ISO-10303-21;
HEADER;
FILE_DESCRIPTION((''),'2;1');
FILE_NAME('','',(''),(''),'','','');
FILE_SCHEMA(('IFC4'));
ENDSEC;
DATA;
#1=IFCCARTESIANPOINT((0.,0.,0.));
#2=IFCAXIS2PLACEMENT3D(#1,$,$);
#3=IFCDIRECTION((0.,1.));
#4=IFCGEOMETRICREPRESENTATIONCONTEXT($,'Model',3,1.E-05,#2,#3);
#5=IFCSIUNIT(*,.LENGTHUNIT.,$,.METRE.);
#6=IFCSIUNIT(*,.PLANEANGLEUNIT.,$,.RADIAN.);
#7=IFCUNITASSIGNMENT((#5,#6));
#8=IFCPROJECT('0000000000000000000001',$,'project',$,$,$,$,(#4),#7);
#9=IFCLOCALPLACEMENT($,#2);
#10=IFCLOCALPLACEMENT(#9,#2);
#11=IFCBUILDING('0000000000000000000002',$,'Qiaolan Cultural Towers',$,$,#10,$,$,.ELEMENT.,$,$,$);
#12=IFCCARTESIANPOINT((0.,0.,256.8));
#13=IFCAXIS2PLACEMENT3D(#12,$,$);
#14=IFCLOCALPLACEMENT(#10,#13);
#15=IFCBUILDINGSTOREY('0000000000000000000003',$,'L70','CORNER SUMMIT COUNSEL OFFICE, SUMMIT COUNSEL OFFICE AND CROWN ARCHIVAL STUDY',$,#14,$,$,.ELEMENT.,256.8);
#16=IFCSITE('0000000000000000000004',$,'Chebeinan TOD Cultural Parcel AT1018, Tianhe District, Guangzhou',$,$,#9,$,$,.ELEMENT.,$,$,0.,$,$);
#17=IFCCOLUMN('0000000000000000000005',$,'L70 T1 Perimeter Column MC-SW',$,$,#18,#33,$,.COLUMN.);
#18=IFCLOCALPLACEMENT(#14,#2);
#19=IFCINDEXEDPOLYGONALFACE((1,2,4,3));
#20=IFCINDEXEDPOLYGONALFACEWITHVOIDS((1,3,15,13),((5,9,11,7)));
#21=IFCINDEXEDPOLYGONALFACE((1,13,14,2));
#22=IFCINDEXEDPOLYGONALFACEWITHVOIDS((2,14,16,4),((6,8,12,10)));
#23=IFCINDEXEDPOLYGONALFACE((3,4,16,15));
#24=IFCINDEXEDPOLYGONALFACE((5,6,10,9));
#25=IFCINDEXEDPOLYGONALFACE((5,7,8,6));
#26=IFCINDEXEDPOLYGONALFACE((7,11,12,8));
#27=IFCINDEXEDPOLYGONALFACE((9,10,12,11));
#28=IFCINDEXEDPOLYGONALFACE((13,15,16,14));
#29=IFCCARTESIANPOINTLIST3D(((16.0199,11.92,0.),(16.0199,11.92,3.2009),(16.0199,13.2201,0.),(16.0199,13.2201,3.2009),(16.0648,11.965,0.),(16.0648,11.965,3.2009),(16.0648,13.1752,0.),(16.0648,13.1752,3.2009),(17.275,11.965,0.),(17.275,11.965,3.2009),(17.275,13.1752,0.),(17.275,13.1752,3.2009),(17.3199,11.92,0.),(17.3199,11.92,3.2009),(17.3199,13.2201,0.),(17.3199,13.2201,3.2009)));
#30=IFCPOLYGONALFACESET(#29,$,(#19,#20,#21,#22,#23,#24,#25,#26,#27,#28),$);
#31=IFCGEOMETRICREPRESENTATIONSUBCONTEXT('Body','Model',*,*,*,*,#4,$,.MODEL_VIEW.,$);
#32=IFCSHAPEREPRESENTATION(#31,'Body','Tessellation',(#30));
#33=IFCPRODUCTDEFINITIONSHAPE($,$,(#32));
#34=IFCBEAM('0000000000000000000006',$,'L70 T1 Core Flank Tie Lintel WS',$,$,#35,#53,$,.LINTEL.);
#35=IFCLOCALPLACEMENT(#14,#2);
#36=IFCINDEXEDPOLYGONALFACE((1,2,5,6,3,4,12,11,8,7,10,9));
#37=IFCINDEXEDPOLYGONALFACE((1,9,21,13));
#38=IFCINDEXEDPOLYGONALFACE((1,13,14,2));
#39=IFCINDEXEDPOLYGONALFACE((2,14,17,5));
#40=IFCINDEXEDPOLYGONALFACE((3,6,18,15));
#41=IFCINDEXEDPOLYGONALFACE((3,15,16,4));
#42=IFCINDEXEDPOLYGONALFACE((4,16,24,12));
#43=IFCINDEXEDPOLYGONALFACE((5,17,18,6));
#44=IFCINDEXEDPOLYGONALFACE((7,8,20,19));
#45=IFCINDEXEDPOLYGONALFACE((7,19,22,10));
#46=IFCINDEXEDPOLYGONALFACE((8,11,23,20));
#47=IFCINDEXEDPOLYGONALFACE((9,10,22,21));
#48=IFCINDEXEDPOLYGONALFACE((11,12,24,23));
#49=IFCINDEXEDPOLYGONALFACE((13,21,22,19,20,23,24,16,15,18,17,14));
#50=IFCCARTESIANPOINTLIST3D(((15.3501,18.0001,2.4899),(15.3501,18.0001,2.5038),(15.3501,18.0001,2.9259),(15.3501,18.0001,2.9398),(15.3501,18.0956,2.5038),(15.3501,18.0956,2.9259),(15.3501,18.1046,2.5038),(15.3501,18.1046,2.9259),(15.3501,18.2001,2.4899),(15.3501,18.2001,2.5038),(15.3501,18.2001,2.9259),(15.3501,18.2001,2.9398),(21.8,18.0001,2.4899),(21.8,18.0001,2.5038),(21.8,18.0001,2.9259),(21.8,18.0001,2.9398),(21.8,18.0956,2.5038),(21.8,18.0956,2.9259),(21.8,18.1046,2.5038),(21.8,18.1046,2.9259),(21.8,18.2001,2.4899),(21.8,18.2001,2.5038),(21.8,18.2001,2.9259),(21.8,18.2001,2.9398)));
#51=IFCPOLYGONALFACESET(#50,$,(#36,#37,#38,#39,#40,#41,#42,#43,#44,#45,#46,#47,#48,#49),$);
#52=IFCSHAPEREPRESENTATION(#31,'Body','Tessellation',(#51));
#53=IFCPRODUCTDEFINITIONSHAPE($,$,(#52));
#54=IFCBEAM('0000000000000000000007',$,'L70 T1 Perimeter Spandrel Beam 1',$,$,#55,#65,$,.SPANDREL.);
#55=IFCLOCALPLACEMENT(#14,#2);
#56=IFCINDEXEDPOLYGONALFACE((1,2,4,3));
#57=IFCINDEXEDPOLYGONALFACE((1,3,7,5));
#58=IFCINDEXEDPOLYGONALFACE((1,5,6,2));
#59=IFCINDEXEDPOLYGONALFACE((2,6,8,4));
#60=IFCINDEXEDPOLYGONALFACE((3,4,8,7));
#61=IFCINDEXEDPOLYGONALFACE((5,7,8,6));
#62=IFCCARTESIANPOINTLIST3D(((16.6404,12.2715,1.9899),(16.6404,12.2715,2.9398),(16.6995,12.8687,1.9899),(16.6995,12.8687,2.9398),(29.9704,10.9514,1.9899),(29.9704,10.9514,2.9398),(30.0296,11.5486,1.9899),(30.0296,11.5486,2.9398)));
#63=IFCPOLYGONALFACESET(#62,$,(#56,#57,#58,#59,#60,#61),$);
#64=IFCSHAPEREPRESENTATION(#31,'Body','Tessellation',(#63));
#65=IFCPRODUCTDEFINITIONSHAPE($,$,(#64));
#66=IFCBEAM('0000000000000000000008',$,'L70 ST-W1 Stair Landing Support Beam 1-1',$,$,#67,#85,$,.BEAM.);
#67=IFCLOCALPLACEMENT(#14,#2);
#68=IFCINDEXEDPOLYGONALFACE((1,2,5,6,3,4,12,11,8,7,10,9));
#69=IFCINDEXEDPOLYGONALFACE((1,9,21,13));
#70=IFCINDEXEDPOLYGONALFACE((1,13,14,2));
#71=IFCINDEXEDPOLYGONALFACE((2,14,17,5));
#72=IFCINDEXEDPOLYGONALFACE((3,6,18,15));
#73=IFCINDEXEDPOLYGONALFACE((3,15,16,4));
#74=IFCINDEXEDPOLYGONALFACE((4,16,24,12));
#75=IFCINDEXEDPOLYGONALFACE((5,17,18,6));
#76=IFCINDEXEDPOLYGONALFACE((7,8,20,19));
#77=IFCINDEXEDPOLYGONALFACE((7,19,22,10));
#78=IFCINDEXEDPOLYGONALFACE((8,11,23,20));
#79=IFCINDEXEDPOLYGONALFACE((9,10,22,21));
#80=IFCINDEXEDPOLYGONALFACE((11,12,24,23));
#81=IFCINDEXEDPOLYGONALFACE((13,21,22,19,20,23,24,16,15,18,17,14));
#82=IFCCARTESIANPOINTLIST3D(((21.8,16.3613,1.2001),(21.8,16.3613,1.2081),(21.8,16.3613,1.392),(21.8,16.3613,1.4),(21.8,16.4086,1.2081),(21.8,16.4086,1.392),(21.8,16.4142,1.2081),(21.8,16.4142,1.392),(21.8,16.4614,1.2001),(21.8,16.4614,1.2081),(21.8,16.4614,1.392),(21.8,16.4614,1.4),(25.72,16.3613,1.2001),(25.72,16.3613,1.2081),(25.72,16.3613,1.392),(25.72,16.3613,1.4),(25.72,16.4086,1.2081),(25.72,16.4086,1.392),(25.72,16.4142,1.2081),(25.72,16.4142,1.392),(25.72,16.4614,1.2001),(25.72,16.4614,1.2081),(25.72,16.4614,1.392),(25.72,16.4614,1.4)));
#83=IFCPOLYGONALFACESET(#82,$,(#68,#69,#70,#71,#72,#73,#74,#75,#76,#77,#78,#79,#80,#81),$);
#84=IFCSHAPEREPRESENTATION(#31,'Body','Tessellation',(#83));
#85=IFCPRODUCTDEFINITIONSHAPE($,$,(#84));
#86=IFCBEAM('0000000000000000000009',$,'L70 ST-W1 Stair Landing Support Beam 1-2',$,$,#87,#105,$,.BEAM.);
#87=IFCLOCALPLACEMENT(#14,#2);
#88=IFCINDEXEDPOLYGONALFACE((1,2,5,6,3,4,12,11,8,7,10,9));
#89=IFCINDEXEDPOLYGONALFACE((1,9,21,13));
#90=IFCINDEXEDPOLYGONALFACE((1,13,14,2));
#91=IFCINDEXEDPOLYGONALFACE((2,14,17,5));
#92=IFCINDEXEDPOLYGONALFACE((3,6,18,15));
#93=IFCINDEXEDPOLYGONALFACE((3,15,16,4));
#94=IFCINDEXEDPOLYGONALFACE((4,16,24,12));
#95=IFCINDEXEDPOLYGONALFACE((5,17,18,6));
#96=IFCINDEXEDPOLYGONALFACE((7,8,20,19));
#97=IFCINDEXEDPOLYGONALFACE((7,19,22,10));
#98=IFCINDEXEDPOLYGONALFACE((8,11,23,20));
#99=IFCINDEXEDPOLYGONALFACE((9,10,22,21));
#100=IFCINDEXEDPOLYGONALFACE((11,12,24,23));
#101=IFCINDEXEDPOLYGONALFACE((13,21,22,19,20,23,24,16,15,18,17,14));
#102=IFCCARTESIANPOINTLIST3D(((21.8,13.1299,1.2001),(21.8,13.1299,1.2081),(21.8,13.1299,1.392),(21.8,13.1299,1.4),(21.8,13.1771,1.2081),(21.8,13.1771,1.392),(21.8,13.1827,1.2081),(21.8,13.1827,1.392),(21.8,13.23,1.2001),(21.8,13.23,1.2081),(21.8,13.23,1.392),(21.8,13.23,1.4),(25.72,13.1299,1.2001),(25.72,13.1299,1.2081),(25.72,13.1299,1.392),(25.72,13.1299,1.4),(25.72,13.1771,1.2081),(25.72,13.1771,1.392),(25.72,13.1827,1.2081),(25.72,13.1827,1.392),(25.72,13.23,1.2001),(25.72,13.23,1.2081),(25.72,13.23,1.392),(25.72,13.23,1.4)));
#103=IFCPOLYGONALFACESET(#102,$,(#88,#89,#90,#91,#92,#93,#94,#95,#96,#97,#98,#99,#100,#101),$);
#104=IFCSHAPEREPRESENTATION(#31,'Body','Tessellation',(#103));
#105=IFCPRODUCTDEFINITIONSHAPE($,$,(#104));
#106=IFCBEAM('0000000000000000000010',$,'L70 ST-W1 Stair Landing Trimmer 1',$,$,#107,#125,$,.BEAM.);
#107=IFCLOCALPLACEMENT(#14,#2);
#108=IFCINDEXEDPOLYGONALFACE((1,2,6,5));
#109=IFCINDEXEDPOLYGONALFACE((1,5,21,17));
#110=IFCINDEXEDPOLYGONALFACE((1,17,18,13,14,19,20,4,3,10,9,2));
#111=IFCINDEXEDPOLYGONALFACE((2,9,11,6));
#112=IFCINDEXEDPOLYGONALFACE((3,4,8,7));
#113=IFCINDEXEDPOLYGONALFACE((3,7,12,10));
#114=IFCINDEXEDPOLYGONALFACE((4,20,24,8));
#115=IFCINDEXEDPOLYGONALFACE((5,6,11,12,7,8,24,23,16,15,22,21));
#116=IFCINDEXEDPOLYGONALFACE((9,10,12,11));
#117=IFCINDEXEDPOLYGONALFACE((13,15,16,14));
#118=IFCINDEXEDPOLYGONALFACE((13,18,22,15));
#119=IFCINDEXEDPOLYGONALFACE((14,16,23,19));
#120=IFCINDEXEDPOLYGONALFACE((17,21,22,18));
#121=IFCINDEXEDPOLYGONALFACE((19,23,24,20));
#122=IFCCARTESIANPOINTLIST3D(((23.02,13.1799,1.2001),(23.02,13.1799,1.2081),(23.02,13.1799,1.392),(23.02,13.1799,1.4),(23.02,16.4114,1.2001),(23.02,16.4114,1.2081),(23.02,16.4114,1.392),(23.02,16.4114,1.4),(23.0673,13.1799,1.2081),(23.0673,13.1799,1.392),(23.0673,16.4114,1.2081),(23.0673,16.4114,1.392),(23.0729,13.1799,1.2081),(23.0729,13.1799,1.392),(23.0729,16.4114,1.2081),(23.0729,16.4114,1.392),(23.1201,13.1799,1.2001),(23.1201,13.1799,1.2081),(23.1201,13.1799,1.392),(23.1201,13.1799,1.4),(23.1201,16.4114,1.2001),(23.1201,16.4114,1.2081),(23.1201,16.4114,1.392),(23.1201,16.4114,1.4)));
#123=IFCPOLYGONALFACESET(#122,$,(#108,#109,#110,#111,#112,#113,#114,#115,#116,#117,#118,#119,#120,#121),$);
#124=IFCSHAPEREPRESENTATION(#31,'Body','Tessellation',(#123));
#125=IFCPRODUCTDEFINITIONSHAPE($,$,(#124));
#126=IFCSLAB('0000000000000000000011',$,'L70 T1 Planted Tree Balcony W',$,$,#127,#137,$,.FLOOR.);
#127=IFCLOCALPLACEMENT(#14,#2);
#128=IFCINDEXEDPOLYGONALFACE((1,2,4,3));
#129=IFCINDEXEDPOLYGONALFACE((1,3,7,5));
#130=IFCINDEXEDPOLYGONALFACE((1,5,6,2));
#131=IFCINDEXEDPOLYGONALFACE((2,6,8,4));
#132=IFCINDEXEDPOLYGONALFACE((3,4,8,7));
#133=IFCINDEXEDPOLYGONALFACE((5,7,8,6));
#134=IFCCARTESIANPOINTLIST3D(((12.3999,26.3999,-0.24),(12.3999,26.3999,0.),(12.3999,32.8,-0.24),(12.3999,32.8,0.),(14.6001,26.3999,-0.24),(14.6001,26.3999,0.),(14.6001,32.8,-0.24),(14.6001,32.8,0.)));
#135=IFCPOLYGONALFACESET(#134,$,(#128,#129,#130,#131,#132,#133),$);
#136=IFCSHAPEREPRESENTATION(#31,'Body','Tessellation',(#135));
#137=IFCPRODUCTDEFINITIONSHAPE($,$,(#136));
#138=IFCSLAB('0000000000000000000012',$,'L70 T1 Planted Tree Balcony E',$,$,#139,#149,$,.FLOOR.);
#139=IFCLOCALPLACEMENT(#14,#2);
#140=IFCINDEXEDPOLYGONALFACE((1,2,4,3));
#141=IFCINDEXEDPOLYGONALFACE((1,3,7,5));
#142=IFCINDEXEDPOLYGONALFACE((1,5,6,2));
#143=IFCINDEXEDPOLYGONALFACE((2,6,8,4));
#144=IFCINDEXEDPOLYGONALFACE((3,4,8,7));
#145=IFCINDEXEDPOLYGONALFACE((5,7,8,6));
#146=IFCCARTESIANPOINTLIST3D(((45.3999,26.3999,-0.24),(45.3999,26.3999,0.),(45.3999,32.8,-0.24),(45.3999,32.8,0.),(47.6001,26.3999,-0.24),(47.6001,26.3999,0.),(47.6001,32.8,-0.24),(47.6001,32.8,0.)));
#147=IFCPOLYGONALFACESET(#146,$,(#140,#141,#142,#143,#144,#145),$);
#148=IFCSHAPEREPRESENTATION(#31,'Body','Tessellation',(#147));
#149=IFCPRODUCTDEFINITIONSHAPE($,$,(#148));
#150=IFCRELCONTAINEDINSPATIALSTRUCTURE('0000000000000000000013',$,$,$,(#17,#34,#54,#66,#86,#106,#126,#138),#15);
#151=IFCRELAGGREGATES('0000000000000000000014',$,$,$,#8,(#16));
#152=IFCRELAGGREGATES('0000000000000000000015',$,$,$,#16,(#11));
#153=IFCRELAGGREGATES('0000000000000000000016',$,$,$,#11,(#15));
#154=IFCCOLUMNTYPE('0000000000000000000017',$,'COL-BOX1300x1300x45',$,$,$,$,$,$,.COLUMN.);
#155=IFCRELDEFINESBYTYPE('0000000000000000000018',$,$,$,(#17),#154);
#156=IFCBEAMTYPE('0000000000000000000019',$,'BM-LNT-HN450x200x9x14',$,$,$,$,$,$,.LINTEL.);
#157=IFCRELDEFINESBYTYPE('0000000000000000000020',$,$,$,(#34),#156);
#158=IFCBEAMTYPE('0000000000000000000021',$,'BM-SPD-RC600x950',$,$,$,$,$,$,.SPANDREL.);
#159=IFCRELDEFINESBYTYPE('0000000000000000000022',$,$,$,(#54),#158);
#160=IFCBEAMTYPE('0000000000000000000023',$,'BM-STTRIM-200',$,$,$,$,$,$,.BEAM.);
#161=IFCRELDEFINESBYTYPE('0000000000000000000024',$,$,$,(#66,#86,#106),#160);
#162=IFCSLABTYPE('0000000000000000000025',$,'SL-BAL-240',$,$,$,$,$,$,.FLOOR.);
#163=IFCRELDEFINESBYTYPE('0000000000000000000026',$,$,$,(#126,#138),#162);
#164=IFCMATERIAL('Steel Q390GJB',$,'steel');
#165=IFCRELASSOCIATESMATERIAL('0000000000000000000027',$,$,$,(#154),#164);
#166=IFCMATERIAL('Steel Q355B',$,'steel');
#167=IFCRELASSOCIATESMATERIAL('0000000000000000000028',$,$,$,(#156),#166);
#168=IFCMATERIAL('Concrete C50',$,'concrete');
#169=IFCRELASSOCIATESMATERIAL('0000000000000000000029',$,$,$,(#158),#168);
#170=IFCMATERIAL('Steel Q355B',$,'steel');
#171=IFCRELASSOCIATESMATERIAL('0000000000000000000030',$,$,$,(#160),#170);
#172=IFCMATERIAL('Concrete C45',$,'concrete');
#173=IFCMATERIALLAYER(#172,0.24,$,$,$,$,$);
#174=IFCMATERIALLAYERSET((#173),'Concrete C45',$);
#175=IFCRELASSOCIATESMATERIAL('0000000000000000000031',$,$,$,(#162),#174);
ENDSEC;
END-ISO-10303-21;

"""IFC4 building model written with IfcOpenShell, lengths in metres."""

from ifc_helpers import new_model, si_unit, direction, frame, origin, origin_2d, place, context, subcontext, project, spatial, polyline, rectangle, hollow_rectangle, i_section, outline, extrude, material, layer, layer_set, material_profile, profile_set, type_object, element, save


model = new_model("IFC4")

# Units and contexts
model_context = context("Model", 3, precision=1e-05, world=origin(), true_north=direction((0.0, 1.0)))
body_context = subcontext(model_context, "Body", "Model", "MODEL_VIEW")
ifc_project = project(units=[si_unit("LENGTHUNIT", "METRE"), si_unit("PLANEANGLEUNIT", "RADIAN")], contexts=[model_context])

# Site, building, storey
site_placement = place(None, origin())
site = spatial("IfcSite", under=ifc_project, at=site_placement, Name="Chebeinan TOD Cultural Parcel AT1018, Tianhe District, Guangzhou", CompositionType="ELEMENT", RefElevation=0.0)
building_placement = place(site_placement, origin())
building = spatial("IfcBuilding", under=site, at=building_placement, Name="Qiaolan Cultural Towers", CompositionType="ELEMENT")
storey_placement = place(building_placement, frame((0.0, 0.0, 256.8)))
storey = spatial("IfcBuildingStorey", under=building, at=storey_placement, Name="L70", Description="CORNER SUMMIT COUNSEL OFFICE, SUMMIT COUNSEL OFFICE AND CROWN ARCHIVAL STUDY", CompositionType="ELEMENT", Elevation=256.8)

# Column
ifc_material_1 = material(Name="Steel Q390GJB", Category="steel")
ifc_material_profile_1 = material_profile(ifc_material_1, hollow_rectangle(XDim=1.3, YDim=1.3, WallThickness=0.0449, at=origin_2d()), Name="BOX1300x1300x45")
ifc_profile_set_1 = profile_set([ifc_material_profile_1], Name="Steel Q390GJB")
column_type = type_object("IfcColumnType", Name="COL-BOX1300x1300x45", PredefinedType="COLUMN", material=ifc_profile_set_1)
column_placement = place(storey_placement, frame((16.6699, 12.5701, 0.0), z_axis=(0.0, 0.0, 1.0), x_axis=(1.0, 0.0, 0.0)))
element("IfcColumn", 1, at=column_placement, inside=storey, type_object=column_type, Name="L70 T1 Perimeter Column MC-SW", PredefinedType="COLUMN", context=body_context, shape_type="SweptSolid", body=[
    extrude(hollow_rectangle(XDim=1.3, YDim=1.3, WallThickness=0.0449, at=origin_2d()), origin(), (0.0, 0.0, 1.0), 3.2009),
])

# Beams
ifc_material_2 = material(Name="Steel Q355B", Category="steel")
ifc_material_profile_2 = material_profile(ifc_material_2, i_section(OverallWidth=0.2, OverallDepth=0.45, WebThickness=0.009, FlangeThickness=0.0139, at=origin_2d()), Name="HN450x200x9x14")
ifc_profile_set_2 = profile_set([ifc_material_profile_2], Name="Steel Q355B")
beam_type_1 = type_object("IfcBeamType", Name="BM-LNT-HN450x200x9x14", PredefinedType="LINTEL", material=ifc_profile_set_2)
beam_1_placement = place(storey_placement, frame((21.8, 18.1001, 2.7148), z_axis=(-1.0, 0.0, 0.0), x_axis=(0.0, -1.0, 0.0)))
element("IfcBeam", 2, at=beam_1_placement, inside=storey, type_object=beam_type_1, Name="L70 T1 Core Flank Tie Lintel WS", PredefinedType="LINTEL", context=body_context, shape_type="SweptSolid", body=[
    extrude(i_section(OverallWidth=0.2, OverallDepth=0.45, WebThickness=0.009, FlangeThickness=0.0139, at=origin_2d()), origin(), (0.0, 0.0, 1.0), 6.45),
])
ifc_material_3 = material(Name="Concrete C50", Category="concrete")
ifc_material_profile_3 = material_profile(ifc_material_3, rectangle(XDim=0.6001, YDim=0.95, at=origin_2d()), Name="RC600x950")
ifc_profile_set_3 = profile_set([ifc_material_profile_3], Name="Concrete C50")
beam_type_2 = type_object("IfcBeamType", Name="BM-SPD-RC600x950", PredefinedType="SPANDREL", material=ifc_profile_set_3)
beam_2_placement = place(storey_placement, frame((16.6699, 12.5701, 2.4648), z_axis=(0.995132, -0.098547, 0.0), x_axis=(0.098547, 0.995132, 0.0)))
element("IfcBeam", 3, at=beam_2_placement, inside=storey, type_object=beam_type_2, Name="L70 T1 Perimeter Spandrel Beam 1", PredefinedType="SPANDREL", context=body_context, shape_type="SweptSolid", body=[
    extrude(rectangle(XDim=0.6001, YDim=0.95, at=origin_2d()), origin(), (0.0, 0.0, 1.0), 13.3953),
])
ifc_material_4 = material(Name="Steel Q355B", Category="steel")
ifc_material_profile_4 = material_profile(ifc_material_4, i_section(OverallWidth=0.1001, OverallDepth=0.2, WebThickness=0.0056, FlangeThickness=0.0081, at=origin_2d()), Name="HN200x100x5.5x8")
ifc_profile_set_4 = profile_set([ifc_material_profile_4], Name="Steel Q355B")
beam_type_3 = type_object("IfcBeamType", Name="BM-STTRIM-200", PredefinedType="BEAM", material=ifc_profile_set_4)
for number, where, z_axis, x_axis, name in (
    (4, (21.8, 16.4114, 1.3), (1.0, 0.0, 0.0), (0.0, 1.0, 0.0), "L70 ST-W1 Stair Landing Support Beam 1-1"),
    (5, (21.8, 13.1799, 1.3), (1.0, 0.0, 0.0), (0.0, 1.0, 0.0), "L70 ST-W1 Stair Landing Support Beam 1-2"),
):
    element("IfcBeam", number, at=place(storey_placement, frame(where, z_axis=z_axis, x_axis=x_axis)), inside=storey, type_object=beam_type_3, Name=name, PredefinedType="BEAM", context=body_context, shape_type="SweptSolid", body=[
        extrude(i_section(OverallWidth=0.1001, OverallDepth=0.2, WebThickness=0.0056, FlangeThickness=0.0081, at=origin_2d()), origin(), (0.0, 0.0, 1.0), 3.9199),
    ])
beam_3_placement = place(storey_placement, frame((23.0701, 16.4114, 1.3), z_axis=(0.0, -1.0, 0.0), x_axis=(1.0, 0.0, 0.0)))
element("IfcBeam", 6, at=beam_3_placement, inside=storey, type_object=beam_type_3, Name="L70 ST-W1 Stair Landing Trimmer 1", PredefinedType="BEAM", context=body_context, shape_type="SweptSolid", body=[
    extrude(i_section(OverallWidth=0.1001, OverallDepth=0.2, WebThickness=0.0056, FlangeThickness=0.0081, at=origin_2d()), origin(), (0.0, 0.0, 1.0), 3.2314),
])

# Slabs
ifc_material_5 = material(Name="Concrete C45", Category="concrete")
ifc_layer_1 = layer(ifc_material_5, 0.24)
ifc_layer_set_1 = layer_set([ifc_layer_1], Name="Concrete C45")
slab_type_1 = type_object("IfcSlabType", Name="SL-BAL-240", PredefinedType="FLOOR", material=ifc_layer_set_1)
slab_1_placement = place(storey_placement, frame((0.0, 0.0, -0.24)))
element("IfcSlab", 7, at=slab_1_placement, inside=storey, type_object=slab_type_1, Name="L70 T1 Planted Tree Balcony W", PredefinedType="FLOOR", context=body_context, shape_type="SweptSolid", body=[
    extrude(outline(polyline([(12.3999, 26.3999), (14.6001, 26.3999), (14.6001, 32.8), (12.3999, 32.8), (12.3999, 26.3999)])), origin(), (0.0, 0.0, 1.0), 0.24),
])
slab_2_placement = place(storey_placement, frame((0.0, 0.0, -0.24)))
element("IfcSlab", 8, at=slab_2_placement, inside=storey, type_object=slab_type_1, Name="L70 T1 Planted Tree Balcony E", PredefinedType="FLOOR", context=body_context, shape_type="SweptSolid", body=[
    extrude(outline(polyline([(45.3999, 26.3999), (47.6001, 26.3999), (47.6001, 32.8), (45.3999, 32.8), (45.3999, 26.3999)])), origin(), (0.0, 0.0, 1.0), 0.24),
])

save(model, "model.ifc")
